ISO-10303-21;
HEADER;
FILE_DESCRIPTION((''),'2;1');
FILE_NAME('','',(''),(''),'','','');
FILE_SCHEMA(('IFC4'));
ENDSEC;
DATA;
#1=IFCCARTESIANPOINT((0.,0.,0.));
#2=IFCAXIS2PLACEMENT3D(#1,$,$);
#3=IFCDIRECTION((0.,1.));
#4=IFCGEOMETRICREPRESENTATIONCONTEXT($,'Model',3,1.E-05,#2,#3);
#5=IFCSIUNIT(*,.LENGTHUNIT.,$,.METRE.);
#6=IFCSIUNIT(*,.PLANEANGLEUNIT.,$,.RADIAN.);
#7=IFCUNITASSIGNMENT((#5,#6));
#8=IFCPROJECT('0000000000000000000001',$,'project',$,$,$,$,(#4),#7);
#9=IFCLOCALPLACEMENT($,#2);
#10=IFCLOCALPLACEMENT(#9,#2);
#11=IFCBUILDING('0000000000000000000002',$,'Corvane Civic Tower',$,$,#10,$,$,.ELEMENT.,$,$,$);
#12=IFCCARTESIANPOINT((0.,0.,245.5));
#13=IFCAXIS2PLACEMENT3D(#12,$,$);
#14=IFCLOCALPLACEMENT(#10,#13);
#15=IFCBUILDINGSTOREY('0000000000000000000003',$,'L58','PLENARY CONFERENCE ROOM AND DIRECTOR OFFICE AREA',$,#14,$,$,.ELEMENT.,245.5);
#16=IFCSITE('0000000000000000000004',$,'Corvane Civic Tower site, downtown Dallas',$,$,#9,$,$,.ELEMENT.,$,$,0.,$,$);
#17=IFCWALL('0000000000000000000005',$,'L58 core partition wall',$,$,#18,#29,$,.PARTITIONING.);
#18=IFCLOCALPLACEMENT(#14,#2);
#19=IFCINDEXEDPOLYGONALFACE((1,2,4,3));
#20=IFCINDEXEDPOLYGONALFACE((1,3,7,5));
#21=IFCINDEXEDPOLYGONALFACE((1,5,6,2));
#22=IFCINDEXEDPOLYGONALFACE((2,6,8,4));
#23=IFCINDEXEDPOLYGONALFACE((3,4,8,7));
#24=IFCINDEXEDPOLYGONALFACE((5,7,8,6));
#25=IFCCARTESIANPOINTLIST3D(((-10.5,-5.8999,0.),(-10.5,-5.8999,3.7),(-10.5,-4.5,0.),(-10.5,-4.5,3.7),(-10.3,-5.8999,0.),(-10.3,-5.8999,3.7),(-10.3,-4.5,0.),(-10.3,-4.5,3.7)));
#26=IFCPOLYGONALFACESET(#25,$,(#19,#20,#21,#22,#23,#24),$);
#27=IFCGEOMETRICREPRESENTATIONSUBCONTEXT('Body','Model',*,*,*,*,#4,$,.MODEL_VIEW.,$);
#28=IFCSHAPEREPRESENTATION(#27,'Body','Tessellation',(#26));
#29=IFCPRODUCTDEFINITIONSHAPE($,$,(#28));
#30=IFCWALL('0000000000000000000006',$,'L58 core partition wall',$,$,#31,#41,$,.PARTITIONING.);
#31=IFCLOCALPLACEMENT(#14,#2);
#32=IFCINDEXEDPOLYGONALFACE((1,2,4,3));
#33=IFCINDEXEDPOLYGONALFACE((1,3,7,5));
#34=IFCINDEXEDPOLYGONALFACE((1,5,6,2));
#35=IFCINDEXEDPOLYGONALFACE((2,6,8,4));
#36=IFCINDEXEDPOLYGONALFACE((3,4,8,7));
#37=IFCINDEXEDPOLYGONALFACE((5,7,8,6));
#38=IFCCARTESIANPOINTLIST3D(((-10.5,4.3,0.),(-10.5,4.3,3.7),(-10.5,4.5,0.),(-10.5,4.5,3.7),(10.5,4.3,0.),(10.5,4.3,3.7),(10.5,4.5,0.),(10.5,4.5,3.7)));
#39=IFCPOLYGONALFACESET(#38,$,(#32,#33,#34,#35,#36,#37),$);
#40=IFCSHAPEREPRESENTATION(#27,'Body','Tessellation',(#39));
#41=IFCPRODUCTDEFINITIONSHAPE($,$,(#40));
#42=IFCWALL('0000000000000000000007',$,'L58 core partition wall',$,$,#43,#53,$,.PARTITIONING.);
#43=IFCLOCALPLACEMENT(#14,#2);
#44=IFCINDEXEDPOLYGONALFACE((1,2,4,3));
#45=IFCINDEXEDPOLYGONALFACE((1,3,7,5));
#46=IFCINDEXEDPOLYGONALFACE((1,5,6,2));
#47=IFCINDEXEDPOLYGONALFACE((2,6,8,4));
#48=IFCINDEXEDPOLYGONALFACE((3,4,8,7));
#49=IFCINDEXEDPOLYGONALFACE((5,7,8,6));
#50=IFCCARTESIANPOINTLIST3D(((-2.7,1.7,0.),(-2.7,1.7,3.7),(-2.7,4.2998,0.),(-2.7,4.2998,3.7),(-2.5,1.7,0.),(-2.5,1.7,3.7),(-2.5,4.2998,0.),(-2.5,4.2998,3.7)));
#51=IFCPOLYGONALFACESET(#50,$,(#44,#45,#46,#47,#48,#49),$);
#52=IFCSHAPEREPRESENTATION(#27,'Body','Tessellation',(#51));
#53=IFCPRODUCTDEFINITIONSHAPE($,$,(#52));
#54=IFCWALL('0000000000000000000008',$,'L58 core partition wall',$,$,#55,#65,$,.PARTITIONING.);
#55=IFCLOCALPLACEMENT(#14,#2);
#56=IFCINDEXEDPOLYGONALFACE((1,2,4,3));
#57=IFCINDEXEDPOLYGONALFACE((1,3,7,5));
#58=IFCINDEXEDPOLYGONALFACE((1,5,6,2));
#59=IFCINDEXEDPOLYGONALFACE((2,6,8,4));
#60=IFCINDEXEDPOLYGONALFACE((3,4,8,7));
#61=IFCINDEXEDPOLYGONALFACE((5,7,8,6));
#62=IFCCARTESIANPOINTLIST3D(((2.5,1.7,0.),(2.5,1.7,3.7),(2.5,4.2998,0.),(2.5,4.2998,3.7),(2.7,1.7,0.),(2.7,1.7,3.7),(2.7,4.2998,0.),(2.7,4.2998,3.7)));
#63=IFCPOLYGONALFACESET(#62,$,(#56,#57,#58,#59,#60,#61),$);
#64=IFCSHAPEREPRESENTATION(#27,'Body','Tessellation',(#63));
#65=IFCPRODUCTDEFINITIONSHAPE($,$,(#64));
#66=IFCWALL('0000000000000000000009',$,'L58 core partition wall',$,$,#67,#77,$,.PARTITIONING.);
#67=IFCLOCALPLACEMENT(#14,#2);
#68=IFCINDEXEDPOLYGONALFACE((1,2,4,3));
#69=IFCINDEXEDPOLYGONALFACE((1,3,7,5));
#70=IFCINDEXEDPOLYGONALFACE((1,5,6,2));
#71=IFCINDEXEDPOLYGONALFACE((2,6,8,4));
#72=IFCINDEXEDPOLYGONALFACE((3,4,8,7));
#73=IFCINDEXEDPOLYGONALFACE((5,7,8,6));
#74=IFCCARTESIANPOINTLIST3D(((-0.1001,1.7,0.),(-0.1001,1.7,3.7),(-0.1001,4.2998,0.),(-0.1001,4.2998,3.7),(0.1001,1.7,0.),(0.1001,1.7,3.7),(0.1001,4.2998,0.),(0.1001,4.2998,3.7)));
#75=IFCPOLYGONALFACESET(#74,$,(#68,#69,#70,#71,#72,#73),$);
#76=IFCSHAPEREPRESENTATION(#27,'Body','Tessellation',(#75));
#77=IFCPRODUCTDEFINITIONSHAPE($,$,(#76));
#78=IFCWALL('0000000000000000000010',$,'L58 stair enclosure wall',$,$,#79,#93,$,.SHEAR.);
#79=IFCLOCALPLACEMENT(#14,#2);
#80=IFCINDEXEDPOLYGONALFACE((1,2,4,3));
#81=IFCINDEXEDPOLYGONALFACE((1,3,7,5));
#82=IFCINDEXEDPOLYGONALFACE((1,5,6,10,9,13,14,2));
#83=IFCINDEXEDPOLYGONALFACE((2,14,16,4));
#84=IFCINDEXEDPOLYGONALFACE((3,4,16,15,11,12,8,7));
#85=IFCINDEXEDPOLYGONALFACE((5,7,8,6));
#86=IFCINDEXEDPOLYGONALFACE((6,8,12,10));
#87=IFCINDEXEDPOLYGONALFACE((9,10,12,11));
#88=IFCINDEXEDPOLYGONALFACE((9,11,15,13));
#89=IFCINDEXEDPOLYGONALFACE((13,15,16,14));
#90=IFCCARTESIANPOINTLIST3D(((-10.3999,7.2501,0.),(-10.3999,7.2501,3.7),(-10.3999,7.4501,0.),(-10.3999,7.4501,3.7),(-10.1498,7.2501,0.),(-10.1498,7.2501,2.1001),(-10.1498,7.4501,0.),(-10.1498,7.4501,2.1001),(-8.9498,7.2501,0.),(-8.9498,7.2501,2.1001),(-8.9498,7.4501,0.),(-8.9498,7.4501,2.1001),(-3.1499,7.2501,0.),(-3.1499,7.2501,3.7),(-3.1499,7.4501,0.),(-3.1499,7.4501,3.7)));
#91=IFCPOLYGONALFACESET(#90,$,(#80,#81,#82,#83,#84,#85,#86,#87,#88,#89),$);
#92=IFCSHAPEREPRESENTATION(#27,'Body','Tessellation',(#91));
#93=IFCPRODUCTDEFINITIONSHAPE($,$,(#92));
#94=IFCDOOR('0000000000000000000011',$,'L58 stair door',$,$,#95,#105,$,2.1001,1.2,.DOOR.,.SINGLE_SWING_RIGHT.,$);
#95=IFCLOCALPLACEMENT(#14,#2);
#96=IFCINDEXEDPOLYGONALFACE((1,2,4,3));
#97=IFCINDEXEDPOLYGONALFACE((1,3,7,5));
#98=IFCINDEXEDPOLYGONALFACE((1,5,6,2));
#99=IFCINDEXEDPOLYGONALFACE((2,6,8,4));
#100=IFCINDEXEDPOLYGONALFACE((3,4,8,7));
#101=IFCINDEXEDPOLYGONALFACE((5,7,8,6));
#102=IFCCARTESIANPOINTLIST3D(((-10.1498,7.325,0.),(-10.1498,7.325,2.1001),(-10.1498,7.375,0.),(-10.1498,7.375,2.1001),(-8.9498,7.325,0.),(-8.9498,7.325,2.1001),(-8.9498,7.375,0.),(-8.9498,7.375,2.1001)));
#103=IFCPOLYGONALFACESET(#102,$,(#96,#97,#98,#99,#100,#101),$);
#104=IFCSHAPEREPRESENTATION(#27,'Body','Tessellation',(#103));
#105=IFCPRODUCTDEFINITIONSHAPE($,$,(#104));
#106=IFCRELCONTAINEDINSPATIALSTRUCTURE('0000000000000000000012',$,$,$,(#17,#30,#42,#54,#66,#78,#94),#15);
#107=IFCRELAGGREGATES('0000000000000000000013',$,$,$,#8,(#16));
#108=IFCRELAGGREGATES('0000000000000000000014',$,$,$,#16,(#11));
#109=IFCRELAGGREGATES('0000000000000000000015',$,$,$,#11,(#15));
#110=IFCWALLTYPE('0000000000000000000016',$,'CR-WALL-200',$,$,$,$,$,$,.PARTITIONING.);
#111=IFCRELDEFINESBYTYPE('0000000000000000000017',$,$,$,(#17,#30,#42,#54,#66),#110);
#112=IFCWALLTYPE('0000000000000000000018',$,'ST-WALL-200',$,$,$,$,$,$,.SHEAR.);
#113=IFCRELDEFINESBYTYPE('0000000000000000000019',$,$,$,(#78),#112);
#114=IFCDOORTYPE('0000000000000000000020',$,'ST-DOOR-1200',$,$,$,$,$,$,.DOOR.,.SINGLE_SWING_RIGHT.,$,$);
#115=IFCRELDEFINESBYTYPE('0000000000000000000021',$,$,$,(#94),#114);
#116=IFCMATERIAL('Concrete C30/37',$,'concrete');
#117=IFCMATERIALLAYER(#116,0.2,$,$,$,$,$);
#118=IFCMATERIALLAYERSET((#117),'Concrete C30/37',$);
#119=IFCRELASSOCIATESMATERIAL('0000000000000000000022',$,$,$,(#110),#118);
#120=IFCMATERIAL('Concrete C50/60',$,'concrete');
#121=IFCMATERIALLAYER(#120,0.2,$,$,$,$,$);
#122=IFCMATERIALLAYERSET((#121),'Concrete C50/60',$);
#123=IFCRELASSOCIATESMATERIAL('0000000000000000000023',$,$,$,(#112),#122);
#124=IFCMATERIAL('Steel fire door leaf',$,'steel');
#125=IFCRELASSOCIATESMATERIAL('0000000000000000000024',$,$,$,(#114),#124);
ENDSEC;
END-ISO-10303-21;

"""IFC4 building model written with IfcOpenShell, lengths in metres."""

from ifc_helpers import new_model, si_unit, direction, frame, frame_2d, origin, place, context, subcontext, project, spatial, polyline, rectangle, outline, extrude, material, layer, layer_set, type_object, element, fill, save


model = new_model("IFC4")

# Units and contexts
model_context = context("Model", 3, precision=1e-05, world=origin(), true_north=direction((0.0, 1.0)))
body_context = subcontext(model_context, "Body", "Model", "MODEL_VIEW")
ifc_project = project(units=[si_unit("LENGTHUNIT", "METRE"), si_unit("PLANEANGLEUNIT", "RADIAN")], contexts=[model_context])

# Site, building, storey
site_placement = place(None, origin())
site = spatial("IfcSite", under=ifc_project, at=site_placement, Name="Corvane Civic Tower site, downtown Dallas", CompositionType="ELEMENT", RefElevation=0.0)
building_placement = place(site_placement, origin())
building = spatial("IfcBuilding", under=site, at=building_placement, Name="Corvane Civic Tower", CompositionType="ELEMENT")
storey_placement = place(building_placement, frame((0.0, 0.0, 245.5)))
storey = spatial("IfcBuildingStorey", under=building, at=storey_placement, Name="L58", Description="PLENARY CONFERENCE ROOM AND DIRECTOR OFFICE AREA", CompositionType="ELEMENT", Elevation=245.5)

# Shared definitions
ifc_material_1 = material(Name="Concrete C30/37", Category="concrete")
ifc_layer_1 = layer(ifc_material_1, 0.2)
ifc_layer_set_1 = layer_set([ifc_layer_1], Name="Concrete C30/37")
wall_type_1 = type_object("IfcWallType", Name="CR-WALL-200", PredefinedType="PARTITIONING", material=ifc_layer_set_1)

# Walls
wall_1_placement = place(storey_placement, origin())
element("IfcWall", 1, at=wall_1_placement, inside=storey, type_object=wall_type_1, Name="L58 core partition wall", PredefinedType="PARTITIONING", context=body_context, shape_type="SweptSolid", body=[
    extrude(outline(polyline([(-10.3, -5.8999), (-10.5, -5.8999), (-10.5, -4.5), (-10.3, -4.5), (-10.3, -5.8999)])), origin(), (0.0, 0.0, 1.0), 3.7),
])
wall_2_placement = place(storey_placement, origin())
element("IfcWall", 2, at=wall_2_placement, inside=storey, type_object=wall_type_1, Name="L58 core partition wall", PredefinedType="PARTITIONING", context=body_context, shape_type="SweptSolid", body=[
    extrude(outline(polyline([(10.5, 4.5), (10.5, 4.3), (-10.5, 4.3), (-10.5, 4.5), (10.5, 4.5)])), origin(), (0.0, 0.0, 1.0), 3.7),
])
wall_3_placement = place(storey_placement, origin())
element("IfcWall", 3, at=wall_3_placement, inside=storey, type_object=wall_type_1, Name="L58 core partition wall", PredefinedType="PARTITIONING", context=body_context, shape_type="SweptSolid", body=[
    extrude(outline(polyline([(-2.5, 1.7), (-2.7, 1.7), (-2.7, 4.2998), (-2.5, 4.2998), (-2.5, 1.7)])), origin(), (0.0, 0.0, 1.0), 3.7),
])
wall_4_placement = place(storey_placement, origin())
element("IfcWall", 4, at=wall_4_placement, inside=storey, type_object=wall_type_1, Name="L58 core partition wall", PredefinedType="PARTITIONING", context=body_context, shape_type="SweptSolid", body=[
    extrude(outline(polyline([(2.7, 1.7), (2.5, 1.7), (2.5, 4.2998), (2.7, 4.2998), (2.7, 1.7)])), origin(), (0.0, 0.0, 1.0), 3.7),
])
wall_5_placement = place(storey_placement, origin())
element("IfcWall", 5, at=wall_5_placement, inside=storey, type_object=wall_type_1, Name="L58 core partition wall", PredefinedType="PARTITIONING", context=body_context, shape_type="SweptSolid", body=[
    extrude(outline(polyline([(0.1001, 1.7), (-0.1001, 1.7), (-0.1001, 4.2998), (0.1001, 4.2998), (0.1001, 1.7)])), origin(), (0.0, 0.0, 1.0), 3.7),
])

# Wall, opening, door
ifc_material_2 = material(Name="Concrete C50/60", Category="concrete")
ifc_layer_2 = layer(ifc_material_2, 0.2)
ifc_layer_set_2 = layer_set([ifc_layer_2], Name="Concrete C50/60")
wall_type_2 = type_object("IfcWallType", Name="ST-WALL-200", PredefinedType="SHEAR", material=ifc_layer_set_2)
wall_6_placement = place(storey_placement, frame((-10.3999, 7.3501, 0.0), z_axis=(0.0, 0.0, 1.0), x_axis=(1.0, 0.0, 0.0)))
wall_6 = element("IfcWall", 6, at=wall_6_placement, inside=storey, type_object=wall_type_2, Name="L58 stair enclosure wall", PredefinedType="SHEAR", context=body_context, shape_type="SweptSolid", body=[
    extrude(rectangle(XDim=7.25, YDim=0.2, at=frame_2d((3.625, 0.0))), origin(), (0.0, 0.0, 1.0), 3.7),
])
opening_1_placement = place(wall_6_placement, frame((0.25, 0.0, 0.0)))
opening_1 = element("IfcOpeningElement", 7, at=opening_1_placement, cuts=wall_6, PredefinedType="OPENING", context=body_context, shape_type="SweptSolid", body=[
    extrude(rectangle(XDim=1.2, YDim=2.1001, at=frame_2d((0.6001, 1.05))), frame((0.0, 0.1099, 0.0), z_axis=(0.0, -1.0, 0.0), x_axis=(1.0, 0.0, 0.0)), (0.0, 0.0, 1.0), 0.22),
])
ifc_material_3 = material(Name="Steel fire door leaf", Category="steel")
door_type_1 = type_object("IfcDoorType", Name="ST-DOOR-1200", OperationType="SINGLE_SWING_RIGHT", PredefinedType="DOOR", material=ifc_material_3)
door_1_placement = place(opening_1_placement, origin())
door_1 = element("IfcDoor", 8, at=door_1_placement, inside=storey, type_object=door_type_1, Name="L58 stair door", OperationType="SINGLE_SWING_RIGHT", OverallHeight=2.1001, OverallWidth=1.2, PredefinedType="DOOR", context=body_context, shape_type="SweptSolid", body=[
    extrude(rectangle(XDim=1.2, YDim=2.1001, at=frame_2d((0.6001, 1.05))), frame((0.0, 0.0249, 0.0), z_axis=(0.0, -1.0, 0.0), x_axis=(1.0, 0.0, 0.0)), (0.0, 0.0, 1.0), 0.05),
])
fill(opening_1, door_1)

save(model, "model.ifc")
